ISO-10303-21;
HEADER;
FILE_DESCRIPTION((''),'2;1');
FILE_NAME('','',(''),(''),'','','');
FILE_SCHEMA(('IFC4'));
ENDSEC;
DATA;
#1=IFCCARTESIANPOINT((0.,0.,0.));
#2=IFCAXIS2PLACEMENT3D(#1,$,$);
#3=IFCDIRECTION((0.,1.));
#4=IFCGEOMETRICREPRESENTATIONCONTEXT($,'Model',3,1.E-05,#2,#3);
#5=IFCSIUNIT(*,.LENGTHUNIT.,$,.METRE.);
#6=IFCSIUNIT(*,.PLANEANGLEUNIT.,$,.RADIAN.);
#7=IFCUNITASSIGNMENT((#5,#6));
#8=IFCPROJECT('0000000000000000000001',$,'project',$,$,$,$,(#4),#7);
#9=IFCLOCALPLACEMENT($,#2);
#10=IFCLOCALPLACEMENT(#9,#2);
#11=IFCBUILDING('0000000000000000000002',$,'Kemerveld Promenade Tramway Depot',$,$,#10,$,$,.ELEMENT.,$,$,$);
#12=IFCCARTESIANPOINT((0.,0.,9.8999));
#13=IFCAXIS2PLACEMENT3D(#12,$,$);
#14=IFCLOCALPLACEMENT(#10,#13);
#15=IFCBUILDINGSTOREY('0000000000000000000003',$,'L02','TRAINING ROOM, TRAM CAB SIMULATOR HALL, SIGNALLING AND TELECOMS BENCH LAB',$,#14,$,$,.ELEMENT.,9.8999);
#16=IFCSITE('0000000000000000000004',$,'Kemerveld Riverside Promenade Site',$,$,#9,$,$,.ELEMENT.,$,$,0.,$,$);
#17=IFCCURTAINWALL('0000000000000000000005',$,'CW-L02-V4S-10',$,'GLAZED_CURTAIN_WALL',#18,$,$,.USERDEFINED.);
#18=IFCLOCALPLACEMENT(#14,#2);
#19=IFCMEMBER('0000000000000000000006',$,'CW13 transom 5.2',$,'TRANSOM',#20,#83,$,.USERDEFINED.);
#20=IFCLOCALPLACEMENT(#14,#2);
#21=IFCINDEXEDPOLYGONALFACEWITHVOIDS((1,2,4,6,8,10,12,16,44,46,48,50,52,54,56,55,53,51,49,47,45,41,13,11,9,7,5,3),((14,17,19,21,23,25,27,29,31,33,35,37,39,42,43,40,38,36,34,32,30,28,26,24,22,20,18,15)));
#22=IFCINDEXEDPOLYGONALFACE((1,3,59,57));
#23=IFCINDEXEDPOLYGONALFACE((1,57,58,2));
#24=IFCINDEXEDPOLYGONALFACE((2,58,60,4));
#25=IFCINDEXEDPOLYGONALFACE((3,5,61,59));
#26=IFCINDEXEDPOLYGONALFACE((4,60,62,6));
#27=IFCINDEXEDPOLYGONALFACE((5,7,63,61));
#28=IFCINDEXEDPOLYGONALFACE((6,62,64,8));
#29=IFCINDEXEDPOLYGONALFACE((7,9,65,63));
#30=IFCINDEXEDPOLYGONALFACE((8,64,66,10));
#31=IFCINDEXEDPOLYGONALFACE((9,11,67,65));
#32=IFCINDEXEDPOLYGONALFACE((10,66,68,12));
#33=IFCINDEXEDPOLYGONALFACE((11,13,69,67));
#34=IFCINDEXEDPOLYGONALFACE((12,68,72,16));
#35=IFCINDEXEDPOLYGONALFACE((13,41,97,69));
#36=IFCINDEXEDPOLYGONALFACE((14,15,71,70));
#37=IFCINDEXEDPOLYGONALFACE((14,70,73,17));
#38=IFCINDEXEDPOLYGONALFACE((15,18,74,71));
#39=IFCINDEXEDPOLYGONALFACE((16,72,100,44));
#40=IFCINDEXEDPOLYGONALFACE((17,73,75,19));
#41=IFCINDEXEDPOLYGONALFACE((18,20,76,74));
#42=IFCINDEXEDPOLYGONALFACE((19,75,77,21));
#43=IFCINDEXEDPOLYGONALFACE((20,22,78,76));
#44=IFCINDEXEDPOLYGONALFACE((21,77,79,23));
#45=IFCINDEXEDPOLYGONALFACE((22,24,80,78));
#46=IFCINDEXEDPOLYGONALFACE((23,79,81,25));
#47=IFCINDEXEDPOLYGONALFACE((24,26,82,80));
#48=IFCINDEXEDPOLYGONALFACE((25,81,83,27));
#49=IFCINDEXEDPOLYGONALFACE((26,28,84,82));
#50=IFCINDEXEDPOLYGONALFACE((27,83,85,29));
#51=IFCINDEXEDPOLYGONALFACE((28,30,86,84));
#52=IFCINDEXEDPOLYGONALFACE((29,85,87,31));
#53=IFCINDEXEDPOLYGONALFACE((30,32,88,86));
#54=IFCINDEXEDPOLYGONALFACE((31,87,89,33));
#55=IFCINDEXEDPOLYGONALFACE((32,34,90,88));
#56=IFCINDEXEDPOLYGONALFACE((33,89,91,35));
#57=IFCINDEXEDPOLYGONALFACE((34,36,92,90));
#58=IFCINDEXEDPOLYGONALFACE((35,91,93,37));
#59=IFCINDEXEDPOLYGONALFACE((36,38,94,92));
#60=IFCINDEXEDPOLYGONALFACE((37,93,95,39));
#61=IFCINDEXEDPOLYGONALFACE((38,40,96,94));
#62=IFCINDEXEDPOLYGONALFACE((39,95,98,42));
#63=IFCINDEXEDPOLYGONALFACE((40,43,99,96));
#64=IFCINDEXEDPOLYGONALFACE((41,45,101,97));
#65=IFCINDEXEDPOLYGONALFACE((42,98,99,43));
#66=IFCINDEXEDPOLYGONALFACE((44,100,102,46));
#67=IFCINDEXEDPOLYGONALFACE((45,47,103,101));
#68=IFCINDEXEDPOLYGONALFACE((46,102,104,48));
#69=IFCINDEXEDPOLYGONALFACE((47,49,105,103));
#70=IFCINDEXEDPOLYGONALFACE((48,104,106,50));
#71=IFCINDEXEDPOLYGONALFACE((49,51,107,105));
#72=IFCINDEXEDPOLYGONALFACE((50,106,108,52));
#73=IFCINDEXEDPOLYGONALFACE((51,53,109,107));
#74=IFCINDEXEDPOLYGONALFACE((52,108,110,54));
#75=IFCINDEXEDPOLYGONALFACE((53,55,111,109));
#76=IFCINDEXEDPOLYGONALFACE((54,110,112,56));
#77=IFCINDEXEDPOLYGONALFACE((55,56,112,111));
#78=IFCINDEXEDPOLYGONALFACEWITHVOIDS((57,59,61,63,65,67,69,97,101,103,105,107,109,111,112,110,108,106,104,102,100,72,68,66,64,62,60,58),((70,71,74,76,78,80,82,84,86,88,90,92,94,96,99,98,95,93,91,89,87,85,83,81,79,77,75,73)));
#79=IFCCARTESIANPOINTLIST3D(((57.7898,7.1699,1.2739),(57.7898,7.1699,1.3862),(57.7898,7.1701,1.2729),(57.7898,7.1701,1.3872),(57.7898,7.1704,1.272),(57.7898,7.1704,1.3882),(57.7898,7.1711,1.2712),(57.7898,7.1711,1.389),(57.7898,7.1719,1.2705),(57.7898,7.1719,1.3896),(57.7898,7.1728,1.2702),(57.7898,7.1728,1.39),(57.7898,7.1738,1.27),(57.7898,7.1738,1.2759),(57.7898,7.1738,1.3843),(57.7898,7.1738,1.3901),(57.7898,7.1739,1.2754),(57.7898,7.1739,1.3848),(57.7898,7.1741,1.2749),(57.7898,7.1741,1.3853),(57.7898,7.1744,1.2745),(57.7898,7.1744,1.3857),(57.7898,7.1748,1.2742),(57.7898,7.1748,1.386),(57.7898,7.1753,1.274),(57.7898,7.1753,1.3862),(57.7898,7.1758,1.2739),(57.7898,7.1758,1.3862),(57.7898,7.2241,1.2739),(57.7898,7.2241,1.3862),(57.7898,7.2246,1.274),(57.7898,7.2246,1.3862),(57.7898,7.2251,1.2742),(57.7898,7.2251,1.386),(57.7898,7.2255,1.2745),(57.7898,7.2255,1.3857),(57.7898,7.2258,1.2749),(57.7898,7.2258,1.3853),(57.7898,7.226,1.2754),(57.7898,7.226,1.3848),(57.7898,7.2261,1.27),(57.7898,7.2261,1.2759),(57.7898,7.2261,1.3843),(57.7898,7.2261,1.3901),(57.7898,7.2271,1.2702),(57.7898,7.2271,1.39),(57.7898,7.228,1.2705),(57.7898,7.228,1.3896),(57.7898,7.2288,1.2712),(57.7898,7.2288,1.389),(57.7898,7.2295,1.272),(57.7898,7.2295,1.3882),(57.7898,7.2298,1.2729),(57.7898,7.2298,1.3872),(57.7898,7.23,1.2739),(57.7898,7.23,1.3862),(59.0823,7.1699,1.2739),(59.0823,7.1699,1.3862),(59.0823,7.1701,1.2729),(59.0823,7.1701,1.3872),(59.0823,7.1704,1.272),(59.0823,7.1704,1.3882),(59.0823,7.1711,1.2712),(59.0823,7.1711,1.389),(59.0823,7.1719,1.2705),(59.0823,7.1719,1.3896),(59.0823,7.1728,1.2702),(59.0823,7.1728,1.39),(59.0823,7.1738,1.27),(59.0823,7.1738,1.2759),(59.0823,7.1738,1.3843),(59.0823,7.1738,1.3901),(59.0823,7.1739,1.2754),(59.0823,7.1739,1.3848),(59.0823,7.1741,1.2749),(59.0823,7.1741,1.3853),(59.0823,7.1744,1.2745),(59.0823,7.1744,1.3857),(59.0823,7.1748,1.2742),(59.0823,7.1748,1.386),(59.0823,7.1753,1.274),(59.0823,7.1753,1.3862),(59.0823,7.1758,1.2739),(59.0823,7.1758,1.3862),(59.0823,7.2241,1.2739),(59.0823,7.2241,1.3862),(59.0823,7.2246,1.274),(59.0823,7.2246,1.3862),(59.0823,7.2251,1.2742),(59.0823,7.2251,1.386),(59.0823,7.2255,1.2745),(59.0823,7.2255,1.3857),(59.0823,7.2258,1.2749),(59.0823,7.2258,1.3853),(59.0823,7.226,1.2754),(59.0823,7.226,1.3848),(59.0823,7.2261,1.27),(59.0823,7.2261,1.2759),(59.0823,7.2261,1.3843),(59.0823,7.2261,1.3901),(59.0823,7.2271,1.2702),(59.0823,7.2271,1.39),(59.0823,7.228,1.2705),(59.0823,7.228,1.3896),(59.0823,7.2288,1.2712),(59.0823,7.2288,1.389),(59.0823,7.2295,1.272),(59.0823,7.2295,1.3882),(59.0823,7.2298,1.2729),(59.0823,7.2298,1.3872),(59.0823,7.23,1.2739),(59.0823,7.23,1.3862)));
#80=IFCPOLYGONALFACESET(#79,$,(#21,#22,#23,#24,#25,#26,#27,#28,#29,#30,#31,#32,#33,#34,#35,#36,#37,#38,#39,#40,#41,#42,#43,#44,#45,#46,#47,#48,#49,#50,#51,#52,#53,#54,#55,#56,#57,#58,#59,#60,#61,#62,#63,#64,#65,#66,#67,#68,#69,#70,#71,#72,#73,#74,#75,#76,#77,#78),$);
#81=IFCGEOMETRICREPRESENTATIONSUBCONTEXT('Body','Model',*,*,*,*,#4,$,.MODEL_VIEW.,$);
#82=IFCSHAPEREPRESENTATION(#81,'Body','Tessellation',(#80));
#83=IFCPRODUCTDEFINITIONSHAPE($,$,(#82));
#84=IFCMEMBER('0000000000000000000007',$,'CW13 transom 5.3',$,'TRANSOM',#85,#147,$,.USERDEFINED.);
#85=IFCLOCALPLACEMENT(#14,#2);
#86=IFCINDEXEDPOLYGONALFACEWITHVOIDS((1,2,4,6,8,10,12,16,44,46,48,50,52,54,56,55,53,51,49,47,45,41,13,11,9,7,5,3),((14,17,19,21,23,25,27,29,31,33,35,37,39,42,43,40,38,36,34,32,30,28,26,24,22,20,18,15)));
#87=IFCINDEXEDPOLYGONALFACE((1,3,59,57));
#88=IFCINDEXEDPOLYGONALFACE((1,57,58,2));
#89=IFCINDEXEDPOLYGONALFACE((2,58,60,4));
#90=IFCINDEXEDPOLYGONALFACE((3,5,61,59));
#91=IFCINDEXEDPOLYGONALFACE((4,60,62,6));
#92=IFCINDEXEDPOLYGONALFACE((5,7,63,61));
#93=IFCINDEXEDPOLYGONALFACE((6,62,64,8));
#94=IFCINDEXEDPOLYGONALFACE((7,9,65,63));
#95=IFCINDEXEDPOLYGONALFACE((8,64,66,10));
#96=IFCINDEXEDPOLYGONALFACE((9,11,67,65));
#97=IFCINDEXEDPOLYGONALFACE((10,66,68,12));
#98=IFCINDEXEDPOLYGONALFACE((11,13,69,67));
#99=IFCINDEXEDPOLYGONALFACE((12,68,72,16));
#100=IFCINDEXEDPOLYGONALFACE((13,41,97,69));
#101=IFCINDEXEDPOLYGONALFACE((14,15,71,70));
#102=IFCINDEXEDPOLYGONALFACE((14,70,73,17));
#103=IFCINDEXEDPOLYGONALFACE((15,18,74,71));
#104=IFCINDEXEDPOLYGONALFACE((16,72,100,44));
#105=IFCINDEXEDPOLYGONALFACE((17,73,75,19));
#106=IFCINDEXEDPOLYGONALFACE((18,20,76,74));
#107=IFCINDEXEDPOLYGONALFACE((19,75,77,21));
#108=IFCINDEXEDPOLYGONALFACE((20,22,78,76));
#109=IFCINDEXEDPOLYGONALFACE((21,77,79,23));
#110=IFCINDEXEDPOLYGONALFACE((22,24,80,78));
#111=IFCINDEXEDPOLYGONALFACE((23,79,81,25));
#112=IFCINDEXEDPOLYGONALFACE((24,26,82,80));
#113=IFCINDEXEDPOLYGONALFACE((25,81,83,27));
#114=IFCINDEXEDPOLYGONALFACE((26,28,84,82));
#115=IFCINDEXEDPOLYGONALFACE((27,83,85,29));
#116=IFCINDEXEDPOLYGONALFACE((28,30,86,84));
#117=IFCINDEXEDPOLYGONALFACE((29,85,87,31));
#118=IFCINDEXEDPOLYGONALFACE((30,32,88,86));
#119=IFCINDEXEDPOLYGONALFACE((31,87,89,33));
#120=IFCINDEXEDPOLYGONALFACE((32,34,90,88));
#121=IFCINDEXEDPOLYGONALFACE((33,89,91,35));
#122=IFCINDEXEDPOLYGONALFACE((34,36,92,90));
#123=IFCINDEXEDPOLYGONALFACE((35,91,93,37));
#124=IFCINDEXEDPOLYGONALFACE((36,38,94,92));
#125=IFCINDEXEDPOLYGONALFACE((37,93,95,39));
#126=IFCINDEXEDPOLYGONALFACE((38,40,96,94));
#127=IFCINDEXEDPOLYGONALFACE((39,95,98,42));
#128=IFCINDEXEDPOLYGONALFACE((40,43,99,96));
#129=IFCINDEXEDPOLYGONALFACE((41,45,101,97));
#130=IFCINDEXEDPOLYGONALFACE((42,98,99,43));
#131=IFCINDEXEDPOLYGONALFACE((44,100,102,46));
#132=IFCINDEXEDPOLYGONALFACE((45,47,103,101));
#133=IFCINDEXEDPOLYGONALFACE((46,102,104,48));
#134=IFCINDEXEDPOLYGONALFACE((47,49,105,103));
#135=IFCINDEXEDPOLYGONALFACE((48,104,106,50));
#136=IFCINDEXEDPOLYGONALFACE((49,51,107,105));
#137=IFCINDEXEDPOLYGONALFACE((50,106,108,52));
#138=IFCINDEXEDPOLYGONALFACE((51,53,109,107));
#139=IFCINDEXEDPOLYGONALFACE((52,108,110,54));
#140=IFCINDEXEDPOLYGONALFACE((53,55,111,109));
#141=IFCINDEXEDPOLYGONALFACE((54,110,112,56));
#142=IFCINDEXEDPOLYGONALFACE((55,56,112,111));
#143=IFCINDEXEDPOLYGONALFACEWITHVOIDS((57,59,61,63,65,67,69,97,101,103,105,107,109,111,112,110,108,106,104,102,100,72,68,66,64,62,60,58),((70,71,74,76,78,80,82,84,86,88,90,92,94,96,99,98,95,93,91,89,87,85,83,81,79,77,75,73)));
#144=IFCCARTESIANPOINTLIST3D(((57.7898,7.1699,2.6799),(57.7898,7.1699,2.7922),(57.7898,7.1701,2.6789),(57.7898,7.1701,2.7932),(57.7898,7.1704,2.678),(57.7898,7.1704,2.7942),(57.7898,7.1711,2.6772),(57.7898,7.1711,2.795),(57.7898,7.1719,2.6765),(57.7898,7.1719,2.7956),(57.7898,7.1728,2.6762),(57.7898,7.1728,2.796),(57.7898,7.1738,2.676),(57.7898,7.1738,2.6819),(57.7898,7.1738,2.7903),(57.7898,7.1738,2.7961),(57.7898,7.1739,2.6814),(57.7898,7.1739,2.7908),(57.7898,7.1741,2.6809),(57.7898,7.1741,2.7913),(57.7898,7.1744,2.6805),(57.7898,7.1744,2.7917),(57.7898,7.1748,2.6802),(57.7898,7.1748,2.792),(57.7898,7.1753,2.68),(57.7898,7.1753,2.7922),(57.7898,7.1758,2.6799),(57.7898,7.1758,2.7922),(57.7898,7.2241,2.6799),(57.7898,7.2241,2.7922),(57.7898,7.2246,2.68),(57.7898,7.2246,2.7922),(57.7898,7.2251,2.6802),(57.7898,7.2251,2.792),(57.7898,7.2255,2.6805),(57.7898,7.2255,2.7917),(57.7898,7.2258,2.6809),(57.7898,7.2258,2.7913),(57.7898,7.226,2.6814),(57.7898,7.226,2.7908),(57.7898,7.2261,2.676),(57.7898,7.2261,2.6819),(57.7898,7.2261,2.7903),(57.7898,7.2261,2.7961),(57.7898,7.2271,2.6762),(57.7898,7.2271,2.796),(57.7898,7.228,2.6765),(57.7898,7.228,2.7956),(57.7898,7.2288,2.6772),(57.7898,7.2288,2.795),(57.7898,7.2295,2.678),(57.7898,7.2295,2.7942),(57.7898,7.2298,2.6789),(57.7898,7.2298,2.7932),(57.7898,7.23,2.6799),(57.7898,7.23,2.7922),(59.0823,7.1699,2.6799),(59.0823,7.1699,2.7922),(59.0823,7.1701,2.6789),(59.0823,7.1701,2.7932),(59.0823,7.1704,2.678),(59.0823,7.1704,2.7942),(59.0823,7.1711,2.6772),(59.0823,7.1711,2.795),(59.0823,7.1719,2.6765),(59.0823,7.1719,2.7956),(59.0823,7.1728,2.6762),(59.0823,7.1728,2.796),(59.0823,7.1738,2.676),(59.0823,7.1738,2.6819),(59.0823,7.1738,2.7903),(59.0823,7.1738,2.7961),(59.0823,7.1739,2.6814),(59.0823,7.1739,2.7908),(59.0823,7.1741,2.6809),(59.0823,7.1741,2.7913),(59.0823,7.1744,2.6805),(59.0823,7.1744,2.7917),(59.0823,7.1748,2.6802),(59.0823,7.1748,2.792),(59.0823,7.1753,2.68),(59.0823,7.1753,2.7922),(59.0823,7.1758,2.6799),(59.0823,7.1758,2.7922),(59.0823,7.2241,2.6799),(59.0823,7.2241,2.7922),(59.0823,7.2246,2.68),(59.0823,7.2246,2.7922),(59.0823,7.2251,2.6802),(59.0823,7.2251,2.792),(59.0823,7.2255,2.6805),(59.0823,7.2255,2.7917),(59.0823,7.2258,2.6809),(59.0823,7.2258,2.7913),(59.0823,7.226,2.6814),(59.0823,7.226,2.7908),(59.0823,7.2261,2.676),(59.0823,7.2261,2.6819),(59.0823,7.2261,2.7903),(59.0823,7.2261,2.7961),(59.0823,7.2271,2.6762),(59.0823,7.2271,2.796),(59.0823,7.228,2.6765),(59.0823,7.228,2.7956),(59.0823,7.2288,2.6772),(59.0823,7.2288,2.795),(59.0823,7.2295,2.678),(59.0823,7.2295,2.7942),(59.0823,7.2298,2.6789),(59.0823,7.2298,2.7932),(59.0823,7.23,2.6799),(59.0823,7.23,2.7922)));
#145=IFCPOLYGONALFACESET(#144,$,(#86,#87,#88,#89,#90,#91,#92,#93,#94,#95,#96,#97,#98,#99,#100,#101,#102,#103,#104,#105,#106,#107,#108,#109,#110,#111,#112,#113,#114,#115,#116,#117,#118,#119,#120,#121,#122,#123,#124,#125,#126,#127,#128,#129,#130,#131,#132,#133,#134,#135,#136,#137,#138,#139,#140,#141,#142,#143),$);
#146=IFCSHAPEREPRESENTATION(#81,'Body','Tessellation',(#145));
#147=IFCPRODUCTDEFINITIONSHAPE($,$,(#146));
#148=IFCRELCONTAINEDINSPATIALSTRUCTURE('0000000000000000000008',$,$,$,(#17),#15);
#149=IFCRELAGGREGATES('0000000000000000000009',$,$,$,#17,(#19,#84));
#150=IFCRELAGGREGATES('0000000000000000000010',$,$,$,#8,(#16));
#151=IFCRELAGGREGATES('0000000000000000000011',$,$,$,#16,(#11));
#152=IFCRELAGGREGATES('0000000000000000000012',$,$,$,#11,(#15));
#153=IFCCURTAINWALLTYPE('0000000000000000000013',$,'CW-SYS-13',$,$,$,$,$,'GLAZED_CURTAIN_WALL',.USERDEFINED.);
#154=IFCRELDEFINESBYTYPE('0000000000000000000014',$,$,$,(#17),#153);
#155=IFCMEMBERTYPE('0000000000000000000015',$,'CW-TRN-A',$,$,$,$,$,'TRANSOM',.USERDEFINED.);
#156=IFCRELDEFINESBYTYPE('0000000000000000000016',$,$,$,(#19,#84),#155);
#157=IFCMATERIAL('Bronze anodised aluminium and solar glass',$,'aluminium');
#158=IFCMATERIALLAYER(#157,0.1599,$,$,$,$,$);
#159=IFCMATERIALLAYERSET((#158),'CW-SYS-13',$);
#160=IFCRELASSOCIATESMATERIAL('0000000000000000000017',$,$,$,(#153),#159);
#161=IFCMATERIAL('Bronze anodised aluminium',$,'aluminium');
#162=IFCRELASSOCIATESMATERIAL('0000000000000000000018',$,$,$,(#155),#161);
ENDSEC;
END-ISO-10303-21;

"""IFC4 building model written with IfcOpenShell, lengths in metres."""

from ifc_helpers import new_model, si_unit, direction, frame, origin, origin_2d, place, context, subcontext, project, spatial, hollow_rectangle, extrude, material, layer, layer_set, material_profile, profile_set, type_object, element, aggregate, save


model = new_model("IFC4")

# Units and contexts
model_context = context("Model", 3, precision=1e-05, world=origin(), true_north=direction((0.0, 1.0)))
body_context = subcontext(model_context, "Body", "Model", "MODEL_VIEW")
ifc_project = project(units=[si_unit("LENGTHUNIT", "METRE"), si_unit("PLANEANGLEUNIT", "RADIAN")], contexts=[model_context])

# Site, building, storey
site_placement = place(None, origin())
site = spatial("IfcSite", under=ifc_project, at=site_placement, Name="Kemerveld Riverside Promenade Site", CompositionType="ELEMENT", RefElevation=0.0)
building_placement = place(site_placement, origin())
building = spatial("IfcBuilding", under=site, at=building_placement, Name="Kemerveld Promenade Tramway Depot", CompositionType="ELEMENT")
storey_placement = place(building_placement, frame((0.0, 0.0, 9.8999)))
storey = spatial("IfcBuildingStorey", under=building, at=storey_placement, Name="L02", Description="TRAINING ROOM, TRAM CAB SIMULATOR HALL, SIGNALLING AND TELECOMS BENCH LAB", CompositionType="ELEMENT", Elevation=9.8999)

# Curtain wall
ifc_material_1 = material(Name="Bronze anodised aluminium and solar glass", Category="aluminium")
ifc_layer_1 = layer(ifc_material_1, 0.1599)
ifc_layer_set_1 = layer_set([ifc_layer_1], Name="CW-SYS-13")
curtain_wall_type_1 = type_object("IfcCurtainWallType", Name="CW-SYS-13", ElementType="GLAZED_CURTAIN_WALL", PredefinedType="USERDEFINED", material=ifc_layer_set_1)
curtain_wall_1_placement = place(storey_placement, origin())
curtain_wall_1 = element("IfcCurtainWall", 1, at=curtain_wall_1_placement, inside=storey, type_object=curtain_wall_type_1, Name="CW-L02-V4S-10", ObjectType="GLAZED_CURTAIN_WALL", PredefinedType="USERDEFINED")
ifc_material_2 = material(Name="Bronze anodised aluminium", Category="aluminium")

# Members
ifc_material_profile_1 = material_profile(ifc_material_2, hollow_rectangle(XDim=0.0601, YDim=0.1201, WallThickness=0.0039, InnerFilletRadius=0.002, OuterFilletRadius=0.0039, at=origin_2d()), Name="CW-TRN-120x60")
ifc_profile_set_1 = profile_set([ifc_material_profile_1], Name="Bronze anodised aluminium")
member_type_1 = type_object("IfcMemberType", Name="CW-TRN-A", ElementType="TRANSOM", PredefinedType="USERDEFINED", material=ifc_profile_set_1)
member_1_placement = place(storey_placement, frame((59.0823, 7.2, 1.3301), z_axis=(-1.0, 0.0, 0.0), x_axis=(0.0, -1.0, 0.0)))
member_1 = element("IfcMember", 2, at=member_1_placement, type_object=member_type_1, Name="CW13 transom 5.2", ObjectType="TRANSOM", PredefinedType="USERDEFINED", context=body_context, shape_type="SweptSolid", body=[
    extrude(hollow_rectangle(XDim=0.0601, YDim=0.1201, WallThickness=0.0039, InnerFilletRadius=0.002, OuterFilletRadius=0.0039, at=origin_2d()), origin(), (0.0, 0.0, 1.0), 1.2925),
])
member_2_placement = place(storey_placement, frame((59.0823, 7.2, 2.7361), z_axis=(-1.0, 0.0, 0.0), x_axis=(0.0, -1.0, 0.0)))
member_2 = element("IfcMember", 3, at=member_2_placement, type_object=member_type_1, Name="CW13 transom 5.3", ObjectType="TRANSOM", PredefinedType="USERDEFINED", context=body_context, shape_type="SweptSolid", body=[
    extrude(hollow_rectangle(XDim=0.0601, YDim=0.1201, WallThickness=0.0039, InnerFilletRadius=0.002, OuterFilletRadius=0.0039, at=origin_2d()), origin(), (0.0, 0.0, 1.0), 1.2925),
])

aggregate(curtain_wall_1, [member_1, member_2])

save(model, "model.ifc")
